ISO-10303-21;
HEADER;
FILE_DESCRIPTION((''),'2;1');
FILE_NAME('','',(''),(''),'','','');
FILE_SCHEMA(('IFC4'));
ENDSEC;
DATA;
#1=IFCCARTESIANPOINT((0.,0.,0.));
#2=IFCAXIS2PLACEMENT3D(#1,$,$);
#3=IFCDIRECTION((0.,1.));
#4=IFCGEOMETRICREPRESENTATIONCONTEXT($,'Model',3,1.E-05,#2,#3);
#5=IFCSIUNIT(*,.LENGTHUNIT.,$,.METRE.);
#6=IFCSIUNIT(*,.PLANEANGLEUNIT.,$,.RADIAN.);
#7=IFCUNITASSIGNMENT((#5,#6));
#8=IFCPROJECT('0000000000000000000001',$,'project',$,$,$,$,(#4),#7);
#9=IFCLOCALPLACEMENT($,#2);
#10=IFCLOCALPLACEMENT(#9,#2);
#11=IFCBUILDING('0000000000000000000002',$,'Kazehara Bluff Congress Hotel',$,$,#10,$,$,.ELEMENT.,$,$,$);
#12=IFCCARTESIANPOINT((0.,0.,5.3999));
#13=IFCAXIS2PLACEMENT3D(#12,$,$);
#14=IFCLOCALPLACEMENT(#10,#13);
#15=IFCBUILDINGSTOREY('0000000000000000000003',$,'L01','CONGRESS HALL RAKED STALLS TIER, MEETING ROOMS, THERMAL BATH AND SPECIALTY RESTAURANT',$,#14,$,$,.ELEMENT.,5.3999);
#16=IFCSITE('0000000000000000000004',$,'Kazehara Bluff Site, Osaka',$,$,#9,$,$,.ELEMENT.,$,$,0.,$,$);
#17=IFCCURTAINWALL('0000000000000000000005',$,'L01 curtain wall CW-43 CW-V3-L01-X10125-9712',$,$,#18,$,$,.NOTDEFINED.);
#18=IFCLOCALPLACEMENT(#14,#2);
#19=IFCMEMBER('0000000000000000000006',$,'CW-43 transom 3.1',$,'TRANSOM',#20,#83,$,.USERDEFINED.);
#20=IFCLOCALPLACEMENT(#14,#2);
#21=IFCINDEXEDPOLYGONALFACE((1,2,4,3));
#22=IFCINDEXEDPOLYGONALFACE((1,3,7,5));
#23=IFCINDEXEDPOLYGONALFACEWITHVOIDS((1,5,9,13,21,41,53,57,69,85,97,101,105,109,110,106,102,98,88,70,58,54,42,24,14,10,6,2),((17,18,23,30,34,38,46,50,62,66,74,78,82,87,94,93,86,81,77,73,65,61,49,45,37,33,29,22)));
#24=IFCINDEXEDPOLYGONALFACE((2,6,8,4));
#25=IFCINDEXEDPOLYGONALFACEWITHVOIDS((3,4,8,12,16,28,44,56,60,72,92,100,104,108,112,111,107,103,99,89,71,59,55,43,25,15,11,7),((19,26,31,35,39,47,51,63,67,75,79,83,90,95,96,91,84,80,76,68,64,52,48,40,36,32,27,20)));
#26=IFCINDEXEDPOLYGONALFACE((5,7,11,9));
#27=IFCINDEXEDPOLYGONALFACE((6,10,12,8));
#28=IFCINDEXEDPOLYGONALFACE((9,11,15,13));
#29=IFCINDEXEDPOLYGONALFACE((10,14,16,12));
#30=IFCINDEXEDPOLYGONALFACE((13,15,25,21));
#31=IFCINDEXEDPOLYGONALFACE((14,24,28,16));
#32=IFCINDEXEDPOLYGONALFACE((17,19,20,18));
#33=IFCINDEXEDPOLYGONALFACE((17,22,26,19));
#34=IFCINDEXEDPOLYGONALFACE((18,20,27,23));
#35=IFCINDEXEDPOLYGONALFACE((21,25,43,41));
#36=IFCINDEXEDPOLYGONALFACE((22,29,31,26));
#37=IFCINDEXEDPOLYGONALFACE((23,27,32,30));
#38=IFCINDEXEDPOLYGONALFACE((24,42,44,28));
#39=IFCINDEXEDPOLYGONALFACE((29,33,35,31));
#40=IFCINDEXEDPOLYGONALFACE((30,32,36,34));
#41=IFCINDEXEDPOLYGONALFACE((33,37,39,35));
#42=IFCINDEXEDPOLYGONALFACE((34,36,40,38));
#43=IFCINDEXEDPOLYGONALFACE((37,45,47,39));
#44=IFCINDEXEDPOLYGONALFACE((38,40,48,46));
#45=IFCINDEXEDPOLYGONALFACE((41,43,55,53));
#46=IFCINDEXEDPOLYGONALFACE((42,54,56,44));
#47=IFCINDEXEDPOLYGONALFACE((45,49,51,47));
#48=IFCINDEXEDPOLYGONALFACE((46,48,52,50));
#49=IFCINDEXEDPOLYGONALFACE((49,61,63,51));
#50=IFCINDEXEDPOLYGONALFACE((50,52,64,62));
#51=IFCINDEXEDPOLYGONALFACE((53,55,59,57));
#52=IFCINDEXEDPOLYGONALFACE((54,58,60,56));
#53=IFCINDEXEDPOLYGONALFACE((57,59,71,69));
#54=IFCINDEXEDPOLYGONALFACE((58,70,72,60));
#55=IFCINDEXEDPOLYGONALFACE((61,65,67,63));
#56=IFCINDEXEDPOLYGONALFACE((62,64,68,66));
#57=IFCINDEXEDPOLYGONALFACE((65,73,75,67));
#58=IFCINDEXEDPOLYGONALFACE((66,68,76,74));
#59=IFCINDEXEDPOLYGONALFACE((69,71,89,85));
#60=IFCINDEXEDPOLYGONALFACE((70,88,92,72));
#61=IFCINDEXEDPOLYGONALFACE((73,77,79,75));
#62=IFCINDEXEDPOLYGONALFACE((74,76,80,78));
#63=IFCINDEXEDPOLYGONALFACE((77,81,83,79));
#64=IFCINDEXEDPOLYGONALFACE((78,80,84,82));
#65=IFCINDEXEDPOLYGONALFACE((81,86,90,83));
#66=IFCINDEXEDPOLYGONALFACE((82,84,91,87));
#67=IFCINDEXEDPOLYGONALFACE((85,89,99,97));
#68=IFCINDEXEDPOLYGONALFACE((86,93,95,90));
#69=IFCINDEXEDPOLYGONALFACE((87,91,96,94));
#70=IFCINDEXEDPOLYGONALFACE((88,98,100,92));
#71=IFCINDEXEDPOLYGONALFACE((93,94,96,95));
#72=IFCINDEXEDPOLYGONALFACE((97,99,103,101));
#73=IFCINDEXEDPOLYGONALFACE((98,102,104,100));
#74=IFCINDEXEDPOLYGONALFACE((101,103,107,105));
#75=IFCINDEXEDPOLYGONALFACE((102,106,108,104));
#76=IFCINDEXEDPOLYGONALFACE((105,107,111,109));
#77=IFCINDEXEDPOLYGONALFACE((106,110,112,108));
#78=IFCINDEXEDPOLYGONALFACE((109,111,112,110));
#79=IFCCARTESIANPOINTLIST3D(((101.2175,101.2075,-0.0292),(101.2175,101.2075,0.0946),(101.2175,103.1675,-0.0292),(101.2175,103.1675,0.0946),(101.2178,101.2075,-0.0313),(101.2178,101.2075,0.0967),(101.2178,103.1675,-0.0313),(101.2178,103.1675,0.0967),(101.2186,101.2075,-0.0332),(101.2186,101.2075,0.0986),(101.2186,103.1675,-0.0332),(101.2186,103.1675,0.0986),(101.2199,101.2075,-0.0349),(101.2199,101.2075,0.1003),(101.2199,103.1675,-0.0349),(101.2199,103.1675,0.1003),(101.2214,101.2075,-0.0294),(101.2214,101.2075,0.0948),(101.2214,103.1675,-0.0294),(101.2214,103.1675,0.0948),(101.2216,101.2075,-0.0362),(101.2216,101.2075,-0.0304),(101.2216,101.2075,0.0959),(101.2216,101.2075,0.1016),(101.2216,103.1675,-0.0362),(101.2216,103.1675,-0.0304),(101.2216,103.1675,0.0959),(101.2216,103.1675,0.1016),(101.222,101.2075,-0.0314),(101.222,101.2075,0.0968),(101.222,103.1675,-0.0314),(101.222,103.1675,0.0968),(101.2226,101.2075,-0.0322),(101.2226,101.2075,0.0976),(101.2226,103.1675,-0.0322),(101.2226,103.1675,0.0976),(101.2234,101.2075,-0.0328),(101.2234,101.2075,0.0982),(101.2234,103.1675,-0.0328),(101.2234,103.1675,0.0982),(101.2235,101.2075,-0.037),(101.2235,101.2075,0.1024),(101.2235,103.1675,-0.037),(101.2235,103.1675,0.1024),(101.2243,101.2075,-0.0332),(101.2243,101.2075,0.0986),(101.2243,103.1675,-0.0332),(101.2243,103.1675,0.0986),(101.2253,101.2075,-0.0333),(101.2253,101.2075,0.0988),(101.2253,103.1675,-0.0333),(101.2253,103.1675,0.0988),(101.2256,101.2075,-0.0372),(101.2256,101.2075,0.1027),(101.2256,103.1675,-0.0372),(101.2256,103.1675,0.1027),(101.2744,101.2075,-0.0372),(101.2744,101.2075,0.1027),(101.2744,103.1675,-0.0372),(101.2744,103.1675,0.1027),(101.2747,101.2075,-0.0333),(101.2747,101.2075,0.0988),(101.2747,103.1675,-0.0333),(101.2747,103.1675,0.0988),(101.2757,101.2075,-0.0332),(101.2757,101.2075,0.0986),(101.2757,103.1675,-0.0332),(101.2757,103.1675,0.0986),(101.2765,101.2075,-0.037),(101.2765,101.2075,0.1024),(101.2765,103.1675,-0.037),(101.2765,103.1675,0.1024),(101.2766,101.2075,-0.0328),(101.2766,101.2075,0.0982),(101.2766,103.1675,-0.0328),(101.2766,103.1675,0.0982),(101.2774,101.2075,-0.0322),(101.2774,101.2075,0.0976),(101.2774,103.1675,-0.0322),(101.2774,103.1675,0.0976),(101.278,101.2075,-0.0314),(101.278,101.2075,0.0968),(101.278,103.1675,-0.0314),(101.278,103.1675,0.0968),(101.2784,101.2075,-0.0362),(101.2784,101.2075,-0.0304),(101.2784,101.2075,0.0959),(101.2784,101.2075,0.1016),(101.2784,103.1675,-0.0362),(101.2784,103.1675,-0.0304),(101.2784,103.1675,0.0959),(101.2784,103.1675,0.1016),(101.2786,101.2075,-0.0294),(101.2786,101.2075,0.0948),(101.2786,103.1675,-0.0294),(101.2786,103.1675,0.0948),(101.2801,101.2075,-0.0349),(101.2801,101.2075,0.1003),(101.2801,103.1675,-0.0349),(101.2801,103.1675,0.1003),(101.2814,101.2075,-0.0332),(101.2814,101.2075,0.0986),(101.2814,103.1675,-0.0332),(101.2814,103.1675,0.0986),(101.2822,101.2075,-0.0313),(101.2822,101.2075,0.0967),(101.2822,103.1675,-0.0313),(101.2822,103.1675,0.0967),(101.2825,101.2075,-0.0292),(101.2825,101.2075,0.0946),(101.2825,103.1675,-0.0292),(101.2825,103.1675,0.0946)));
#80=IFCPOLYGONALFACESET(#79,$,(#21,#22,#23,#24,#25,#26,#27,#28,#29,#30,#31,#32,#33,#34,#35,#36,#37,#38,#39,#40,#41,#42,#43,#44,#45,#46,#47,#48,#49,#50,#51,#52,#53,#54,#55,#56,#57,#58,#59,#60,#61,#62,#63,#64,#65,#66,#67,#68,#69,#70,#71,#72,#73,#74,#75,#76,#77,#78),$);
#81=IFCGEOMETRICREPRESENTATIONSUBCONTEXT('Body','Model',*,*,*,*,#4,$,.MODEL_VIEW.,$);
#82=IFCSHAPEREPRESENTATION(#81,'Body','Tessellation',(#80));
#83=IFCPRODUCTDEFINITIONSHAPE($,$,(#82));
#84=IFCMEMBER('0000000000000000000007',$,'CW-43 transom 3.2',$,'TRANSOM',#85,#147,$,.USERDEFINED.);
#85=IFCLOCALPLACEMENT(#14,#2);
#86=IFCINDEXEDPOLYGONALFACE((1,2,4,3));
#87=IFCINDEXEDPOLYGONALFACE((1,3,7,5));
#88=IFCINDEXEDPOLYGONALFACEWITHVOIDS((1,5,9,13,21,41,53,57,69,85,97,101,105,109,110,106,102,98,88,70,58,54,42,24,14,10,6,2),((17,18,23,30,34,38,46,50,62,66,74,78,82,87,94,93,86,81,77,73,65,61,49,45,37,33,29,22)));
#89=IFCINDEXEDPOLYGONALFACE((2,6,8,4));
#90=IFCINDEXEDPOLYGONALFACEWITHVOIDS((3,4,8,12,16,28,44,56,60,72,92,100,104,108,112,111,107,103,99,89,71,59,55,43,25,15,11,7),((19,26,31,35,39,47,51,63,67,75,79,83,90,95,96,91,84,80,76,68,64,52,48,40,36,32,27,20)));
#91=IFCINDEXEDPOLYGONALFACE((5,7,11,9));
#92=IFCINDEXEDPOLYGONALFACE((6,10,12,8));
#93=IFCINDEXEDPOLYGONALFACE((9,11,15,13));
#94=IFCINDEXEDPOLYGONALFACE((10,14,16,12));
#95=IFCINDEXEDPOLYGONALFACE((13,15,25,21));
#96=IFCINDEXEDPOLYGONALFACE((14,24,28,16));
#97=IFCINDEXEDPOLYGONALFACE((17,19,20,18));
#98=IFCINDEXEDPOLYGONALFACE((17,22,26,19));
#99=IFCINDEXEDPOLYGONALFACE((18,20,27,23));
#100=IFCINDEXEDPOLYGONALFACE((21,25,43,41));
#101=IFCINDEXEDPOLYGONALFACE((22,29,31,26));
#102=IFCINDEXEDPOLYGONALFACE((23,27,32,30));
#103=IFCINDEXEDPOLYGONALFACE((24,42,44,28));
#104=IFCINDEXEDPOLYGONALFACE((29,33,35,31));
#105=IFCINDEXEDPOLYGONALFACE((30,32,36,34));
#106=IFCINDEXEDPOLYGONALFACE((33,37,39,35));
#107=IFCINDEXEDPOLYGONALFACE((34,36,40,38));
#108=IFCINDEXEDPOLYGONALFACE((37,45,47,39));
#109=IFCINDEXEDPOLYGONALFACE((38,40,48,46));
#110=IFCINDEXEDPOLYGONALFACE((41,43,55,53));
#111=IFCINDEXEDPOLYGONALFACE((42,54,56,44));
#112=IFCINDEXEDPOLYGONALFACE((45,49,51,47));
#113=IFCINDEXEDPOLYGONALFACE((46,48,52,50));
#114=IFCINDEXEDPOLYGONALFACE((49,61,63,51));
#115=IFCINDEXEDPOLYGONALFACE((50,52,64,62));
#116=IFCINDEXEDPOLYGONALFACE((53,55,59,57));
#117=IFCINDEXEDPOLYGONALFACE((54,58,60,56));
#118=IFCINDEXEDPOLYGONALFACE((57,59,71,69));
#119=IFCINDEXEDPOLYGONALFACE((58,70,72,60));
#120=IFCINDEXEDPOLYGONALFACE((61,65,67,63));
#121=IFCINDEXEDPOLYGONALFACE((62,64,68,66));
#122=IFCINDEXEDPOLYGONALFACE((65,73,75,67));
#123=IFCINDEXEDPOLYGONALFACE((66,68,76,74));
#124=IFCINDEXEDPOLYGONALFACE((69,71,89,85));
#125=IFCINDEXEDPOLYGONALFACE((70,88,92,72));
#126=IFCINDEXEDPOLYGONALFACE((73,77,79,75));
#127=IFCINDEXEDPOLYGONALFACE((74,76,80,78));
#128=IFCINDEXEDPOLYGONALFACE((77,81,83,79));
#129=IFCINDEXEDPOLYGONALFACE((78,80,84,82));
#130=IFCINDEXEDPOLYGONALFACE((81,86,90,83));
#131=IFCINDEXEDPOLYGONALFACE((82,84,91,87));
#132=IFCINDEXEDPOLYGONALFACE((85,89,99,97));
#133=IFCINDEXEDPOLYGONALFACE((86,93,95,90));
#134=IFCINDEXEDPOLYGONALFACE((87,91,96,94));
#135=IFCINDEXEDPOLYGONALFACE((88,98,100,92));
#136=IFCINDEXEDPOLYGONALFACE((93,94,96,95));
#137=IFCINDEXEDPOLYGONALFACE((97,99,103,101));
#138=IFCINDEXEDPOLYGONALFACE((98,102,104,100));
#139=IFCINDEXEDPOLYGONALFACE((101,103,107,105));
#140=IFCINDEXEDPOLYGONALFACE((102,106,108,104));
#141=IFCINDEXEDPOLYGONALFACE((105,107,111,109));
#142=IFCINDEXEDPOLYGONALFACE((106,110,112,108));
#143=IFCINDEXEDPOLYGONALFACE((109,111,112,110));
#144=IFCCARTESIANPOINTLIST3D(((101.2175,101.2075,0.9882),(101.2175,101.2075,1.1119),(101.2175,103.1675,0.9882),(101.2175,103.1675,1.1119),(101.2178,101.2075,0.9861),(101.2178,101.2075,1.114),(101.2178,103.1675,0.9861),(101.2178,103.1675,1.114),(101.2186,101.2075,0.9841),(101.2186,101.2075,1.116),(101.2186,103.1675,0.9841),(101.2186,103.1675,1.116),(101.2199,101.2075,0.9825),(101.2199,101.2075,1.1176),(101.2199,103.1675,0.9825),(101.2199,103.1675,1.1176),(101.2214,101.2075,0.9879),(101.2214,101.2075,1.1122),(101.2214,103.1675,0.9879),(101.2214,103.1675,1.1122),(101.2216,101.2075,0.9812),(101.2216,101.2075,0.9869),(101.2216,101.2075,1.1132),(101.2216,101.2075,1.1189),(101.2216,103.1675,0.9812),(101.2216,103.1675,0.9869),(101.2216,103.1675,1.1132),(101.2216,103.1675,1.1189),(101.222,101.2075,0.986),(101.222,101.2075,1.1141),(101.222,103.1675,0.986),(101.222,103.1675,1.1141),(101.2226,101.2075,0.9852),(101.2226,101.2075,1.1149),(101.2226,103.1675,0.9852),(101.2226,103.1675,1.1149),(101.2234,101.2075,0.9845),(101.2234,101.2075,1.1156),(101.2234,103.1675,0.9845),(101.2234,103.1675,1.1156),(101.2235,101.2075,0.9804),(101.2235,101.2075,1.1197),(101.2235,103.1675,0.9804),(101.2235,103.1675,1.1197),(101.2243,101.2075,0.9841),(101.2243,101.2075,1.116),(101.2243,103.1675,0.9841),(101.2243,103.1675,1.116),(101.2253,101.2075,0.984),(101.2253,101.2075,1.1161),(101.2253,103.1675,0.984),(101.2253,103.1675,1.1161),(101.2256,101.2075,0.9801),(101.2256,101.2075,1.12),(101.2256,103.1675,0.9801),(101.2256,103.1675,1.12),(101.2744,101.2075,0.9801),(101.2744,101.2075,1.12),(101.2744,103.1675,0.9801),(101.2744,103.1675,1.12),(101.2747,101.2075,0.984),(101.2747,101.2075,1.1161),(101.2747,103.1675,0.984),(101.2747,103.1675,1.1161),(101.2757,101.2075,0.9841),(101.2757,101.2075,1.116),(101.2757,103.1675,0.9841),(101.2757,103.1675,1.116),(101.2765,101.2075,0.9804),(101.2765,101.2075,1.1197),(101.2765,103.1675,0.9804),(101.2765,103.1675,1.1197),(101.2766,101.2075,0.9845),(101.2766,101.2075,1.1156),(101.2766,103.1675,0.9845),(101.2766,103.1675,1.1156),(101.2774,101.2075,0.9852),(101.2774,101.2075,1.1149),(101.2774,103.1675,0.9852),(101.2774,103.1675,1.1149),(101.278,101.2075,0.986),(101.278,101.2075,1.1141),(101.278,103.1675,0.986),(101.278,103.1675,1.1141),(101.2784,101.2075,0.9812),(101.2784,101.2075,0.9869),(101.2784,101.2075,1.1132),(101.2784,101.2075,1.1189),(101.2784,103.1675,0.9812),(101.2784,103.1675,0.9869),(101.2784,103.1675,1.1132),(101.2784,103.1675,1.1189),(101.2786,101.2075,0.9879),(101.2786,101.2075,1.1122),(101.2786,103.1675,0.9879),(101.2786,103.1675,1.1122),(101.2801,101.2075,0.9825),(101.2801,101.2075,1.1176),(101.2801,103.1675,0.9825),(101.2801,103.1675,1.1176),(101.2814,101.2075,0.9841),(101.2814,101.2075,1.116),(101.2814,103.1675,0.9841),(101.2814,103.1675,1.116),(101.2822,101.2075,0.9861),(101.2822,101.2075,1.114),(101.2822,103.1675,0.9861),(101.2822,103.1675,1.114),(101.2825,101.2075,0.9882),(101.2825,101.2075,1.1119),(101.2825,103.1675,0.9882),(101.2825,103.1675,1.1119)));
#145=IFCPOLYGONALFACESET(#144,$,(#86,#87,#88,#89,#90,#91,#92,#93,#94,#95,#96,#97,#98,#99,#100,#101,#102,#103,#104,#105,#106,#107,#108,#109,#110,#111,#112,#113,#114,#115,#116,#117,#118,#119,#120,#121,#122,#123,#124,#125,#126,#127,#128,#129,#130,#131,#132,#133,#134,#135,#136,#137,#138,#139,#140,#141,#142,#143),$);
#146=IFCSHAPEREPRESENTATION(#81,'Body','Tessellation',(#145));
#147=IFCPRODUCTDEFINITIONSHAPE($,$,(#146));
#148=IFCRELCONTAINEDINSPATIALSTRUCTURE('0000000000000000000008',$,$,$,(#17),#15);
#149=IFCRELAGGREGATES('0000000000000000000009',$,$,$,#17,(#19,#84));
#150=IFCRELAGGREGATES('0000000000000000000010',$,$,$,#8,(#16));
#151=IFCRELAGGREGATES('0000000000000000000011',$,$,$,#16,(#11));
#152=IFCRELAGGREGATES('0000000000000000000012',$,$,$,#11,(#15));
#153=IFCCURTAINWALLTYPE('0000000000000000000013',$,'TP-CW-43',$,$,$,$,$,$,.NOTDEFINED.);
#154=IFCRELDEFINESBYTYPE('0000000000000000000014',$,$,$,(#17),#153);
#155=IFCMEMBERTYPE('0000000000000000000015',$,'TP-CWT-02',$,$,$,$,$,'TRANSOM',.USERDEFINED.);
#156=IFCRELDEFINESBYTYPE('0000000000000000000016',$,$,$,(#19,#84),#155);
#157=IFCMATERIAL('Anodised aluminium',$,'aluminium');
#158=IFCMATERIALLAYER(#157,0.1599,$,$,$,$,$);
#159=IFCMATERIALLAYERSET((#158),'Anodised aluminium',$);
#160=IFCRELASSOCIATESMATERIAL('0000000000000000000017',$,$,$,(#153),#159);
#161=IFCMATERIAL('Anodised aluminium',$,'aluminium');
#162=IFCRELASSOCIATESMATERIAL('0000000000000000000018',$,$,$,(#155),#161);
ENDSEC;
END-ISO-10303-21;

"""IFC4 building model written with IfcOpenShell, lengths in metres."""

from ifc_helpers import new_model, si_unit, direction, frame, origin, origin_2d, place, context, subcontext, project, spatial, hollow_rectangle, extrude, material, layer, layer_set, material_profile, profile_set, type_object, element, aggregate, save


model = new_model("IFC4")

# Units and contexts
model_context = context("Model", 3, precision=1e-05, world=origin(), true_north=direction((0.0, 1.0)))
body_context = subcontext(model_context, "Body", "Model", "MODEL_VIEW")
ifc_project = project(units=[si_unit("LENGTHUNIT", "METRE"), si_unit("PLANEANGLEUNIT", "RADIAN")], contexts=[model_context])

# Site, building, storey
site_placement = place(None, origin())
site = spatial("IfcSite", under=ifc_project, at=site_placement, Name="Kazehara Bluff Site, Osaka", CompositionType="ELEMENT", RefElevation=0.0)
building_placement = place(site_placement, origin())
building = spatial("IfcBuilding", under=site, at=building_placement, Name="Kazehara Bluff Congress Hotel", CompositionType="ELEMENT")
storey_placement = place(building_placement, frame((0.0, 0.0, 5.3999)))
storey = spatial("IfcBuildingStorey", under=building, at=storey_placement, Name="L01", Description="CONGRESS HALL RAKED STALLS TIER, MEETING ROOMS, THERMAL BATH AND SPECIALTY RESTAURANT", CompositionType="ELEMENT", Elevation=5.3999)

# Curtain wall
ifc_material_1 = material(Name="Anodised aluminium", Category="aluminium")
ifc_layer_1 = layer(ifc_material_1, 0.1599)
ifc_layer_set_1 = layer_set([ifc_layer_1], Name="Anodised aluminium")
curtain_wall_type_1 = type_object("IfcCurtainWallType", Name="TP-CW-43", PredefinedType="NOTDEFINED", material=ifc_layer_set_1)
curtain_wall_1_placement = place(storey_placement, origin())
curtain_wall_1 = element("IfcCurtainWall", 1, at=curtain_wall_1_placement, inside=storey, type_object=curtain_wall_type_1, Name="L01 curtain wall CW-43 CW-V3-L01-X10125-9712", PredefinedType="NOTDEFINED")

# Members
ifc_material_2 = material(Name="Anodised aluminium", Category="aluminium")
ifc_material_profile_1 = material_profile(ifc_material_2, hollow_rectangle(XDim=0.0649, YDim=0.1399, WallThickness=0.0039, InnerFilletRadius=0.0039, OuterFilletRadius=0.0081, at=origin_2d()))
ifc_profile_set_1 = profile_set([ifc_material_profile_1], Name="Anodised aluminium")
member_type_1 = type_object("IfcMemberType", Name="TP-CWT-02", ElementType="TRANSOM", PredefinedType="USERDEFINED", material=ifc_profile_set_1)
member_1_placement = place(storey_placement, frame((101.25, 101.2075, 0.0327), z_axis=(0.0, 1.0, 0.0), x_axis=(-1.0, 0.0, 0.0)))
member_1 = element("IfcMember", 2, at=member_1_placement, type_object=member_type_1, Name="CW-43 transom 3.1", ObjectType="TRANSOM", PredefinedType="USERDEFINED", context=body_context, shape_type="SweptSolid", body=[
    extrude(hollow_rectangle(XDim=0.0649, YDim=0.1399, WallThickness=0.0039, InnerFilletRadius=0.0039, OuterFilletRadius=0.0081, at=origin_2d()), origin(), (0.0, 0.0, 1.0), 1.96),
])
member_2_placement = place(storey_placement, frame((101.25, 101.2075, 1.05), z_axis=(0.0, 1.0, 0.0), x_axis=(-1.0, 0.0, 0.0)))
member_2 = element("IfcMember", 3, at=member_2_placement, type_object=member_type_1, Name="CW-43 transom 3.2", ObjectType="TRANSOM", PredefinedType="USERDEFINED", context=body_context, shape_type="SweptSolid", body=[
    extrude(hollow_rectangle(XDim=0.0649, YDim=0.1399, WallThickness=0.0039, InnerFilletRadius=0.0039, OuterFilletRadius=0.0081, at=origin_2d()), origin(), (0.0, 0.0, 1.0), 1.96),
])

aggregate(curtain_wall_1, [member_1, member_2])

save(model, "model.ifc")
